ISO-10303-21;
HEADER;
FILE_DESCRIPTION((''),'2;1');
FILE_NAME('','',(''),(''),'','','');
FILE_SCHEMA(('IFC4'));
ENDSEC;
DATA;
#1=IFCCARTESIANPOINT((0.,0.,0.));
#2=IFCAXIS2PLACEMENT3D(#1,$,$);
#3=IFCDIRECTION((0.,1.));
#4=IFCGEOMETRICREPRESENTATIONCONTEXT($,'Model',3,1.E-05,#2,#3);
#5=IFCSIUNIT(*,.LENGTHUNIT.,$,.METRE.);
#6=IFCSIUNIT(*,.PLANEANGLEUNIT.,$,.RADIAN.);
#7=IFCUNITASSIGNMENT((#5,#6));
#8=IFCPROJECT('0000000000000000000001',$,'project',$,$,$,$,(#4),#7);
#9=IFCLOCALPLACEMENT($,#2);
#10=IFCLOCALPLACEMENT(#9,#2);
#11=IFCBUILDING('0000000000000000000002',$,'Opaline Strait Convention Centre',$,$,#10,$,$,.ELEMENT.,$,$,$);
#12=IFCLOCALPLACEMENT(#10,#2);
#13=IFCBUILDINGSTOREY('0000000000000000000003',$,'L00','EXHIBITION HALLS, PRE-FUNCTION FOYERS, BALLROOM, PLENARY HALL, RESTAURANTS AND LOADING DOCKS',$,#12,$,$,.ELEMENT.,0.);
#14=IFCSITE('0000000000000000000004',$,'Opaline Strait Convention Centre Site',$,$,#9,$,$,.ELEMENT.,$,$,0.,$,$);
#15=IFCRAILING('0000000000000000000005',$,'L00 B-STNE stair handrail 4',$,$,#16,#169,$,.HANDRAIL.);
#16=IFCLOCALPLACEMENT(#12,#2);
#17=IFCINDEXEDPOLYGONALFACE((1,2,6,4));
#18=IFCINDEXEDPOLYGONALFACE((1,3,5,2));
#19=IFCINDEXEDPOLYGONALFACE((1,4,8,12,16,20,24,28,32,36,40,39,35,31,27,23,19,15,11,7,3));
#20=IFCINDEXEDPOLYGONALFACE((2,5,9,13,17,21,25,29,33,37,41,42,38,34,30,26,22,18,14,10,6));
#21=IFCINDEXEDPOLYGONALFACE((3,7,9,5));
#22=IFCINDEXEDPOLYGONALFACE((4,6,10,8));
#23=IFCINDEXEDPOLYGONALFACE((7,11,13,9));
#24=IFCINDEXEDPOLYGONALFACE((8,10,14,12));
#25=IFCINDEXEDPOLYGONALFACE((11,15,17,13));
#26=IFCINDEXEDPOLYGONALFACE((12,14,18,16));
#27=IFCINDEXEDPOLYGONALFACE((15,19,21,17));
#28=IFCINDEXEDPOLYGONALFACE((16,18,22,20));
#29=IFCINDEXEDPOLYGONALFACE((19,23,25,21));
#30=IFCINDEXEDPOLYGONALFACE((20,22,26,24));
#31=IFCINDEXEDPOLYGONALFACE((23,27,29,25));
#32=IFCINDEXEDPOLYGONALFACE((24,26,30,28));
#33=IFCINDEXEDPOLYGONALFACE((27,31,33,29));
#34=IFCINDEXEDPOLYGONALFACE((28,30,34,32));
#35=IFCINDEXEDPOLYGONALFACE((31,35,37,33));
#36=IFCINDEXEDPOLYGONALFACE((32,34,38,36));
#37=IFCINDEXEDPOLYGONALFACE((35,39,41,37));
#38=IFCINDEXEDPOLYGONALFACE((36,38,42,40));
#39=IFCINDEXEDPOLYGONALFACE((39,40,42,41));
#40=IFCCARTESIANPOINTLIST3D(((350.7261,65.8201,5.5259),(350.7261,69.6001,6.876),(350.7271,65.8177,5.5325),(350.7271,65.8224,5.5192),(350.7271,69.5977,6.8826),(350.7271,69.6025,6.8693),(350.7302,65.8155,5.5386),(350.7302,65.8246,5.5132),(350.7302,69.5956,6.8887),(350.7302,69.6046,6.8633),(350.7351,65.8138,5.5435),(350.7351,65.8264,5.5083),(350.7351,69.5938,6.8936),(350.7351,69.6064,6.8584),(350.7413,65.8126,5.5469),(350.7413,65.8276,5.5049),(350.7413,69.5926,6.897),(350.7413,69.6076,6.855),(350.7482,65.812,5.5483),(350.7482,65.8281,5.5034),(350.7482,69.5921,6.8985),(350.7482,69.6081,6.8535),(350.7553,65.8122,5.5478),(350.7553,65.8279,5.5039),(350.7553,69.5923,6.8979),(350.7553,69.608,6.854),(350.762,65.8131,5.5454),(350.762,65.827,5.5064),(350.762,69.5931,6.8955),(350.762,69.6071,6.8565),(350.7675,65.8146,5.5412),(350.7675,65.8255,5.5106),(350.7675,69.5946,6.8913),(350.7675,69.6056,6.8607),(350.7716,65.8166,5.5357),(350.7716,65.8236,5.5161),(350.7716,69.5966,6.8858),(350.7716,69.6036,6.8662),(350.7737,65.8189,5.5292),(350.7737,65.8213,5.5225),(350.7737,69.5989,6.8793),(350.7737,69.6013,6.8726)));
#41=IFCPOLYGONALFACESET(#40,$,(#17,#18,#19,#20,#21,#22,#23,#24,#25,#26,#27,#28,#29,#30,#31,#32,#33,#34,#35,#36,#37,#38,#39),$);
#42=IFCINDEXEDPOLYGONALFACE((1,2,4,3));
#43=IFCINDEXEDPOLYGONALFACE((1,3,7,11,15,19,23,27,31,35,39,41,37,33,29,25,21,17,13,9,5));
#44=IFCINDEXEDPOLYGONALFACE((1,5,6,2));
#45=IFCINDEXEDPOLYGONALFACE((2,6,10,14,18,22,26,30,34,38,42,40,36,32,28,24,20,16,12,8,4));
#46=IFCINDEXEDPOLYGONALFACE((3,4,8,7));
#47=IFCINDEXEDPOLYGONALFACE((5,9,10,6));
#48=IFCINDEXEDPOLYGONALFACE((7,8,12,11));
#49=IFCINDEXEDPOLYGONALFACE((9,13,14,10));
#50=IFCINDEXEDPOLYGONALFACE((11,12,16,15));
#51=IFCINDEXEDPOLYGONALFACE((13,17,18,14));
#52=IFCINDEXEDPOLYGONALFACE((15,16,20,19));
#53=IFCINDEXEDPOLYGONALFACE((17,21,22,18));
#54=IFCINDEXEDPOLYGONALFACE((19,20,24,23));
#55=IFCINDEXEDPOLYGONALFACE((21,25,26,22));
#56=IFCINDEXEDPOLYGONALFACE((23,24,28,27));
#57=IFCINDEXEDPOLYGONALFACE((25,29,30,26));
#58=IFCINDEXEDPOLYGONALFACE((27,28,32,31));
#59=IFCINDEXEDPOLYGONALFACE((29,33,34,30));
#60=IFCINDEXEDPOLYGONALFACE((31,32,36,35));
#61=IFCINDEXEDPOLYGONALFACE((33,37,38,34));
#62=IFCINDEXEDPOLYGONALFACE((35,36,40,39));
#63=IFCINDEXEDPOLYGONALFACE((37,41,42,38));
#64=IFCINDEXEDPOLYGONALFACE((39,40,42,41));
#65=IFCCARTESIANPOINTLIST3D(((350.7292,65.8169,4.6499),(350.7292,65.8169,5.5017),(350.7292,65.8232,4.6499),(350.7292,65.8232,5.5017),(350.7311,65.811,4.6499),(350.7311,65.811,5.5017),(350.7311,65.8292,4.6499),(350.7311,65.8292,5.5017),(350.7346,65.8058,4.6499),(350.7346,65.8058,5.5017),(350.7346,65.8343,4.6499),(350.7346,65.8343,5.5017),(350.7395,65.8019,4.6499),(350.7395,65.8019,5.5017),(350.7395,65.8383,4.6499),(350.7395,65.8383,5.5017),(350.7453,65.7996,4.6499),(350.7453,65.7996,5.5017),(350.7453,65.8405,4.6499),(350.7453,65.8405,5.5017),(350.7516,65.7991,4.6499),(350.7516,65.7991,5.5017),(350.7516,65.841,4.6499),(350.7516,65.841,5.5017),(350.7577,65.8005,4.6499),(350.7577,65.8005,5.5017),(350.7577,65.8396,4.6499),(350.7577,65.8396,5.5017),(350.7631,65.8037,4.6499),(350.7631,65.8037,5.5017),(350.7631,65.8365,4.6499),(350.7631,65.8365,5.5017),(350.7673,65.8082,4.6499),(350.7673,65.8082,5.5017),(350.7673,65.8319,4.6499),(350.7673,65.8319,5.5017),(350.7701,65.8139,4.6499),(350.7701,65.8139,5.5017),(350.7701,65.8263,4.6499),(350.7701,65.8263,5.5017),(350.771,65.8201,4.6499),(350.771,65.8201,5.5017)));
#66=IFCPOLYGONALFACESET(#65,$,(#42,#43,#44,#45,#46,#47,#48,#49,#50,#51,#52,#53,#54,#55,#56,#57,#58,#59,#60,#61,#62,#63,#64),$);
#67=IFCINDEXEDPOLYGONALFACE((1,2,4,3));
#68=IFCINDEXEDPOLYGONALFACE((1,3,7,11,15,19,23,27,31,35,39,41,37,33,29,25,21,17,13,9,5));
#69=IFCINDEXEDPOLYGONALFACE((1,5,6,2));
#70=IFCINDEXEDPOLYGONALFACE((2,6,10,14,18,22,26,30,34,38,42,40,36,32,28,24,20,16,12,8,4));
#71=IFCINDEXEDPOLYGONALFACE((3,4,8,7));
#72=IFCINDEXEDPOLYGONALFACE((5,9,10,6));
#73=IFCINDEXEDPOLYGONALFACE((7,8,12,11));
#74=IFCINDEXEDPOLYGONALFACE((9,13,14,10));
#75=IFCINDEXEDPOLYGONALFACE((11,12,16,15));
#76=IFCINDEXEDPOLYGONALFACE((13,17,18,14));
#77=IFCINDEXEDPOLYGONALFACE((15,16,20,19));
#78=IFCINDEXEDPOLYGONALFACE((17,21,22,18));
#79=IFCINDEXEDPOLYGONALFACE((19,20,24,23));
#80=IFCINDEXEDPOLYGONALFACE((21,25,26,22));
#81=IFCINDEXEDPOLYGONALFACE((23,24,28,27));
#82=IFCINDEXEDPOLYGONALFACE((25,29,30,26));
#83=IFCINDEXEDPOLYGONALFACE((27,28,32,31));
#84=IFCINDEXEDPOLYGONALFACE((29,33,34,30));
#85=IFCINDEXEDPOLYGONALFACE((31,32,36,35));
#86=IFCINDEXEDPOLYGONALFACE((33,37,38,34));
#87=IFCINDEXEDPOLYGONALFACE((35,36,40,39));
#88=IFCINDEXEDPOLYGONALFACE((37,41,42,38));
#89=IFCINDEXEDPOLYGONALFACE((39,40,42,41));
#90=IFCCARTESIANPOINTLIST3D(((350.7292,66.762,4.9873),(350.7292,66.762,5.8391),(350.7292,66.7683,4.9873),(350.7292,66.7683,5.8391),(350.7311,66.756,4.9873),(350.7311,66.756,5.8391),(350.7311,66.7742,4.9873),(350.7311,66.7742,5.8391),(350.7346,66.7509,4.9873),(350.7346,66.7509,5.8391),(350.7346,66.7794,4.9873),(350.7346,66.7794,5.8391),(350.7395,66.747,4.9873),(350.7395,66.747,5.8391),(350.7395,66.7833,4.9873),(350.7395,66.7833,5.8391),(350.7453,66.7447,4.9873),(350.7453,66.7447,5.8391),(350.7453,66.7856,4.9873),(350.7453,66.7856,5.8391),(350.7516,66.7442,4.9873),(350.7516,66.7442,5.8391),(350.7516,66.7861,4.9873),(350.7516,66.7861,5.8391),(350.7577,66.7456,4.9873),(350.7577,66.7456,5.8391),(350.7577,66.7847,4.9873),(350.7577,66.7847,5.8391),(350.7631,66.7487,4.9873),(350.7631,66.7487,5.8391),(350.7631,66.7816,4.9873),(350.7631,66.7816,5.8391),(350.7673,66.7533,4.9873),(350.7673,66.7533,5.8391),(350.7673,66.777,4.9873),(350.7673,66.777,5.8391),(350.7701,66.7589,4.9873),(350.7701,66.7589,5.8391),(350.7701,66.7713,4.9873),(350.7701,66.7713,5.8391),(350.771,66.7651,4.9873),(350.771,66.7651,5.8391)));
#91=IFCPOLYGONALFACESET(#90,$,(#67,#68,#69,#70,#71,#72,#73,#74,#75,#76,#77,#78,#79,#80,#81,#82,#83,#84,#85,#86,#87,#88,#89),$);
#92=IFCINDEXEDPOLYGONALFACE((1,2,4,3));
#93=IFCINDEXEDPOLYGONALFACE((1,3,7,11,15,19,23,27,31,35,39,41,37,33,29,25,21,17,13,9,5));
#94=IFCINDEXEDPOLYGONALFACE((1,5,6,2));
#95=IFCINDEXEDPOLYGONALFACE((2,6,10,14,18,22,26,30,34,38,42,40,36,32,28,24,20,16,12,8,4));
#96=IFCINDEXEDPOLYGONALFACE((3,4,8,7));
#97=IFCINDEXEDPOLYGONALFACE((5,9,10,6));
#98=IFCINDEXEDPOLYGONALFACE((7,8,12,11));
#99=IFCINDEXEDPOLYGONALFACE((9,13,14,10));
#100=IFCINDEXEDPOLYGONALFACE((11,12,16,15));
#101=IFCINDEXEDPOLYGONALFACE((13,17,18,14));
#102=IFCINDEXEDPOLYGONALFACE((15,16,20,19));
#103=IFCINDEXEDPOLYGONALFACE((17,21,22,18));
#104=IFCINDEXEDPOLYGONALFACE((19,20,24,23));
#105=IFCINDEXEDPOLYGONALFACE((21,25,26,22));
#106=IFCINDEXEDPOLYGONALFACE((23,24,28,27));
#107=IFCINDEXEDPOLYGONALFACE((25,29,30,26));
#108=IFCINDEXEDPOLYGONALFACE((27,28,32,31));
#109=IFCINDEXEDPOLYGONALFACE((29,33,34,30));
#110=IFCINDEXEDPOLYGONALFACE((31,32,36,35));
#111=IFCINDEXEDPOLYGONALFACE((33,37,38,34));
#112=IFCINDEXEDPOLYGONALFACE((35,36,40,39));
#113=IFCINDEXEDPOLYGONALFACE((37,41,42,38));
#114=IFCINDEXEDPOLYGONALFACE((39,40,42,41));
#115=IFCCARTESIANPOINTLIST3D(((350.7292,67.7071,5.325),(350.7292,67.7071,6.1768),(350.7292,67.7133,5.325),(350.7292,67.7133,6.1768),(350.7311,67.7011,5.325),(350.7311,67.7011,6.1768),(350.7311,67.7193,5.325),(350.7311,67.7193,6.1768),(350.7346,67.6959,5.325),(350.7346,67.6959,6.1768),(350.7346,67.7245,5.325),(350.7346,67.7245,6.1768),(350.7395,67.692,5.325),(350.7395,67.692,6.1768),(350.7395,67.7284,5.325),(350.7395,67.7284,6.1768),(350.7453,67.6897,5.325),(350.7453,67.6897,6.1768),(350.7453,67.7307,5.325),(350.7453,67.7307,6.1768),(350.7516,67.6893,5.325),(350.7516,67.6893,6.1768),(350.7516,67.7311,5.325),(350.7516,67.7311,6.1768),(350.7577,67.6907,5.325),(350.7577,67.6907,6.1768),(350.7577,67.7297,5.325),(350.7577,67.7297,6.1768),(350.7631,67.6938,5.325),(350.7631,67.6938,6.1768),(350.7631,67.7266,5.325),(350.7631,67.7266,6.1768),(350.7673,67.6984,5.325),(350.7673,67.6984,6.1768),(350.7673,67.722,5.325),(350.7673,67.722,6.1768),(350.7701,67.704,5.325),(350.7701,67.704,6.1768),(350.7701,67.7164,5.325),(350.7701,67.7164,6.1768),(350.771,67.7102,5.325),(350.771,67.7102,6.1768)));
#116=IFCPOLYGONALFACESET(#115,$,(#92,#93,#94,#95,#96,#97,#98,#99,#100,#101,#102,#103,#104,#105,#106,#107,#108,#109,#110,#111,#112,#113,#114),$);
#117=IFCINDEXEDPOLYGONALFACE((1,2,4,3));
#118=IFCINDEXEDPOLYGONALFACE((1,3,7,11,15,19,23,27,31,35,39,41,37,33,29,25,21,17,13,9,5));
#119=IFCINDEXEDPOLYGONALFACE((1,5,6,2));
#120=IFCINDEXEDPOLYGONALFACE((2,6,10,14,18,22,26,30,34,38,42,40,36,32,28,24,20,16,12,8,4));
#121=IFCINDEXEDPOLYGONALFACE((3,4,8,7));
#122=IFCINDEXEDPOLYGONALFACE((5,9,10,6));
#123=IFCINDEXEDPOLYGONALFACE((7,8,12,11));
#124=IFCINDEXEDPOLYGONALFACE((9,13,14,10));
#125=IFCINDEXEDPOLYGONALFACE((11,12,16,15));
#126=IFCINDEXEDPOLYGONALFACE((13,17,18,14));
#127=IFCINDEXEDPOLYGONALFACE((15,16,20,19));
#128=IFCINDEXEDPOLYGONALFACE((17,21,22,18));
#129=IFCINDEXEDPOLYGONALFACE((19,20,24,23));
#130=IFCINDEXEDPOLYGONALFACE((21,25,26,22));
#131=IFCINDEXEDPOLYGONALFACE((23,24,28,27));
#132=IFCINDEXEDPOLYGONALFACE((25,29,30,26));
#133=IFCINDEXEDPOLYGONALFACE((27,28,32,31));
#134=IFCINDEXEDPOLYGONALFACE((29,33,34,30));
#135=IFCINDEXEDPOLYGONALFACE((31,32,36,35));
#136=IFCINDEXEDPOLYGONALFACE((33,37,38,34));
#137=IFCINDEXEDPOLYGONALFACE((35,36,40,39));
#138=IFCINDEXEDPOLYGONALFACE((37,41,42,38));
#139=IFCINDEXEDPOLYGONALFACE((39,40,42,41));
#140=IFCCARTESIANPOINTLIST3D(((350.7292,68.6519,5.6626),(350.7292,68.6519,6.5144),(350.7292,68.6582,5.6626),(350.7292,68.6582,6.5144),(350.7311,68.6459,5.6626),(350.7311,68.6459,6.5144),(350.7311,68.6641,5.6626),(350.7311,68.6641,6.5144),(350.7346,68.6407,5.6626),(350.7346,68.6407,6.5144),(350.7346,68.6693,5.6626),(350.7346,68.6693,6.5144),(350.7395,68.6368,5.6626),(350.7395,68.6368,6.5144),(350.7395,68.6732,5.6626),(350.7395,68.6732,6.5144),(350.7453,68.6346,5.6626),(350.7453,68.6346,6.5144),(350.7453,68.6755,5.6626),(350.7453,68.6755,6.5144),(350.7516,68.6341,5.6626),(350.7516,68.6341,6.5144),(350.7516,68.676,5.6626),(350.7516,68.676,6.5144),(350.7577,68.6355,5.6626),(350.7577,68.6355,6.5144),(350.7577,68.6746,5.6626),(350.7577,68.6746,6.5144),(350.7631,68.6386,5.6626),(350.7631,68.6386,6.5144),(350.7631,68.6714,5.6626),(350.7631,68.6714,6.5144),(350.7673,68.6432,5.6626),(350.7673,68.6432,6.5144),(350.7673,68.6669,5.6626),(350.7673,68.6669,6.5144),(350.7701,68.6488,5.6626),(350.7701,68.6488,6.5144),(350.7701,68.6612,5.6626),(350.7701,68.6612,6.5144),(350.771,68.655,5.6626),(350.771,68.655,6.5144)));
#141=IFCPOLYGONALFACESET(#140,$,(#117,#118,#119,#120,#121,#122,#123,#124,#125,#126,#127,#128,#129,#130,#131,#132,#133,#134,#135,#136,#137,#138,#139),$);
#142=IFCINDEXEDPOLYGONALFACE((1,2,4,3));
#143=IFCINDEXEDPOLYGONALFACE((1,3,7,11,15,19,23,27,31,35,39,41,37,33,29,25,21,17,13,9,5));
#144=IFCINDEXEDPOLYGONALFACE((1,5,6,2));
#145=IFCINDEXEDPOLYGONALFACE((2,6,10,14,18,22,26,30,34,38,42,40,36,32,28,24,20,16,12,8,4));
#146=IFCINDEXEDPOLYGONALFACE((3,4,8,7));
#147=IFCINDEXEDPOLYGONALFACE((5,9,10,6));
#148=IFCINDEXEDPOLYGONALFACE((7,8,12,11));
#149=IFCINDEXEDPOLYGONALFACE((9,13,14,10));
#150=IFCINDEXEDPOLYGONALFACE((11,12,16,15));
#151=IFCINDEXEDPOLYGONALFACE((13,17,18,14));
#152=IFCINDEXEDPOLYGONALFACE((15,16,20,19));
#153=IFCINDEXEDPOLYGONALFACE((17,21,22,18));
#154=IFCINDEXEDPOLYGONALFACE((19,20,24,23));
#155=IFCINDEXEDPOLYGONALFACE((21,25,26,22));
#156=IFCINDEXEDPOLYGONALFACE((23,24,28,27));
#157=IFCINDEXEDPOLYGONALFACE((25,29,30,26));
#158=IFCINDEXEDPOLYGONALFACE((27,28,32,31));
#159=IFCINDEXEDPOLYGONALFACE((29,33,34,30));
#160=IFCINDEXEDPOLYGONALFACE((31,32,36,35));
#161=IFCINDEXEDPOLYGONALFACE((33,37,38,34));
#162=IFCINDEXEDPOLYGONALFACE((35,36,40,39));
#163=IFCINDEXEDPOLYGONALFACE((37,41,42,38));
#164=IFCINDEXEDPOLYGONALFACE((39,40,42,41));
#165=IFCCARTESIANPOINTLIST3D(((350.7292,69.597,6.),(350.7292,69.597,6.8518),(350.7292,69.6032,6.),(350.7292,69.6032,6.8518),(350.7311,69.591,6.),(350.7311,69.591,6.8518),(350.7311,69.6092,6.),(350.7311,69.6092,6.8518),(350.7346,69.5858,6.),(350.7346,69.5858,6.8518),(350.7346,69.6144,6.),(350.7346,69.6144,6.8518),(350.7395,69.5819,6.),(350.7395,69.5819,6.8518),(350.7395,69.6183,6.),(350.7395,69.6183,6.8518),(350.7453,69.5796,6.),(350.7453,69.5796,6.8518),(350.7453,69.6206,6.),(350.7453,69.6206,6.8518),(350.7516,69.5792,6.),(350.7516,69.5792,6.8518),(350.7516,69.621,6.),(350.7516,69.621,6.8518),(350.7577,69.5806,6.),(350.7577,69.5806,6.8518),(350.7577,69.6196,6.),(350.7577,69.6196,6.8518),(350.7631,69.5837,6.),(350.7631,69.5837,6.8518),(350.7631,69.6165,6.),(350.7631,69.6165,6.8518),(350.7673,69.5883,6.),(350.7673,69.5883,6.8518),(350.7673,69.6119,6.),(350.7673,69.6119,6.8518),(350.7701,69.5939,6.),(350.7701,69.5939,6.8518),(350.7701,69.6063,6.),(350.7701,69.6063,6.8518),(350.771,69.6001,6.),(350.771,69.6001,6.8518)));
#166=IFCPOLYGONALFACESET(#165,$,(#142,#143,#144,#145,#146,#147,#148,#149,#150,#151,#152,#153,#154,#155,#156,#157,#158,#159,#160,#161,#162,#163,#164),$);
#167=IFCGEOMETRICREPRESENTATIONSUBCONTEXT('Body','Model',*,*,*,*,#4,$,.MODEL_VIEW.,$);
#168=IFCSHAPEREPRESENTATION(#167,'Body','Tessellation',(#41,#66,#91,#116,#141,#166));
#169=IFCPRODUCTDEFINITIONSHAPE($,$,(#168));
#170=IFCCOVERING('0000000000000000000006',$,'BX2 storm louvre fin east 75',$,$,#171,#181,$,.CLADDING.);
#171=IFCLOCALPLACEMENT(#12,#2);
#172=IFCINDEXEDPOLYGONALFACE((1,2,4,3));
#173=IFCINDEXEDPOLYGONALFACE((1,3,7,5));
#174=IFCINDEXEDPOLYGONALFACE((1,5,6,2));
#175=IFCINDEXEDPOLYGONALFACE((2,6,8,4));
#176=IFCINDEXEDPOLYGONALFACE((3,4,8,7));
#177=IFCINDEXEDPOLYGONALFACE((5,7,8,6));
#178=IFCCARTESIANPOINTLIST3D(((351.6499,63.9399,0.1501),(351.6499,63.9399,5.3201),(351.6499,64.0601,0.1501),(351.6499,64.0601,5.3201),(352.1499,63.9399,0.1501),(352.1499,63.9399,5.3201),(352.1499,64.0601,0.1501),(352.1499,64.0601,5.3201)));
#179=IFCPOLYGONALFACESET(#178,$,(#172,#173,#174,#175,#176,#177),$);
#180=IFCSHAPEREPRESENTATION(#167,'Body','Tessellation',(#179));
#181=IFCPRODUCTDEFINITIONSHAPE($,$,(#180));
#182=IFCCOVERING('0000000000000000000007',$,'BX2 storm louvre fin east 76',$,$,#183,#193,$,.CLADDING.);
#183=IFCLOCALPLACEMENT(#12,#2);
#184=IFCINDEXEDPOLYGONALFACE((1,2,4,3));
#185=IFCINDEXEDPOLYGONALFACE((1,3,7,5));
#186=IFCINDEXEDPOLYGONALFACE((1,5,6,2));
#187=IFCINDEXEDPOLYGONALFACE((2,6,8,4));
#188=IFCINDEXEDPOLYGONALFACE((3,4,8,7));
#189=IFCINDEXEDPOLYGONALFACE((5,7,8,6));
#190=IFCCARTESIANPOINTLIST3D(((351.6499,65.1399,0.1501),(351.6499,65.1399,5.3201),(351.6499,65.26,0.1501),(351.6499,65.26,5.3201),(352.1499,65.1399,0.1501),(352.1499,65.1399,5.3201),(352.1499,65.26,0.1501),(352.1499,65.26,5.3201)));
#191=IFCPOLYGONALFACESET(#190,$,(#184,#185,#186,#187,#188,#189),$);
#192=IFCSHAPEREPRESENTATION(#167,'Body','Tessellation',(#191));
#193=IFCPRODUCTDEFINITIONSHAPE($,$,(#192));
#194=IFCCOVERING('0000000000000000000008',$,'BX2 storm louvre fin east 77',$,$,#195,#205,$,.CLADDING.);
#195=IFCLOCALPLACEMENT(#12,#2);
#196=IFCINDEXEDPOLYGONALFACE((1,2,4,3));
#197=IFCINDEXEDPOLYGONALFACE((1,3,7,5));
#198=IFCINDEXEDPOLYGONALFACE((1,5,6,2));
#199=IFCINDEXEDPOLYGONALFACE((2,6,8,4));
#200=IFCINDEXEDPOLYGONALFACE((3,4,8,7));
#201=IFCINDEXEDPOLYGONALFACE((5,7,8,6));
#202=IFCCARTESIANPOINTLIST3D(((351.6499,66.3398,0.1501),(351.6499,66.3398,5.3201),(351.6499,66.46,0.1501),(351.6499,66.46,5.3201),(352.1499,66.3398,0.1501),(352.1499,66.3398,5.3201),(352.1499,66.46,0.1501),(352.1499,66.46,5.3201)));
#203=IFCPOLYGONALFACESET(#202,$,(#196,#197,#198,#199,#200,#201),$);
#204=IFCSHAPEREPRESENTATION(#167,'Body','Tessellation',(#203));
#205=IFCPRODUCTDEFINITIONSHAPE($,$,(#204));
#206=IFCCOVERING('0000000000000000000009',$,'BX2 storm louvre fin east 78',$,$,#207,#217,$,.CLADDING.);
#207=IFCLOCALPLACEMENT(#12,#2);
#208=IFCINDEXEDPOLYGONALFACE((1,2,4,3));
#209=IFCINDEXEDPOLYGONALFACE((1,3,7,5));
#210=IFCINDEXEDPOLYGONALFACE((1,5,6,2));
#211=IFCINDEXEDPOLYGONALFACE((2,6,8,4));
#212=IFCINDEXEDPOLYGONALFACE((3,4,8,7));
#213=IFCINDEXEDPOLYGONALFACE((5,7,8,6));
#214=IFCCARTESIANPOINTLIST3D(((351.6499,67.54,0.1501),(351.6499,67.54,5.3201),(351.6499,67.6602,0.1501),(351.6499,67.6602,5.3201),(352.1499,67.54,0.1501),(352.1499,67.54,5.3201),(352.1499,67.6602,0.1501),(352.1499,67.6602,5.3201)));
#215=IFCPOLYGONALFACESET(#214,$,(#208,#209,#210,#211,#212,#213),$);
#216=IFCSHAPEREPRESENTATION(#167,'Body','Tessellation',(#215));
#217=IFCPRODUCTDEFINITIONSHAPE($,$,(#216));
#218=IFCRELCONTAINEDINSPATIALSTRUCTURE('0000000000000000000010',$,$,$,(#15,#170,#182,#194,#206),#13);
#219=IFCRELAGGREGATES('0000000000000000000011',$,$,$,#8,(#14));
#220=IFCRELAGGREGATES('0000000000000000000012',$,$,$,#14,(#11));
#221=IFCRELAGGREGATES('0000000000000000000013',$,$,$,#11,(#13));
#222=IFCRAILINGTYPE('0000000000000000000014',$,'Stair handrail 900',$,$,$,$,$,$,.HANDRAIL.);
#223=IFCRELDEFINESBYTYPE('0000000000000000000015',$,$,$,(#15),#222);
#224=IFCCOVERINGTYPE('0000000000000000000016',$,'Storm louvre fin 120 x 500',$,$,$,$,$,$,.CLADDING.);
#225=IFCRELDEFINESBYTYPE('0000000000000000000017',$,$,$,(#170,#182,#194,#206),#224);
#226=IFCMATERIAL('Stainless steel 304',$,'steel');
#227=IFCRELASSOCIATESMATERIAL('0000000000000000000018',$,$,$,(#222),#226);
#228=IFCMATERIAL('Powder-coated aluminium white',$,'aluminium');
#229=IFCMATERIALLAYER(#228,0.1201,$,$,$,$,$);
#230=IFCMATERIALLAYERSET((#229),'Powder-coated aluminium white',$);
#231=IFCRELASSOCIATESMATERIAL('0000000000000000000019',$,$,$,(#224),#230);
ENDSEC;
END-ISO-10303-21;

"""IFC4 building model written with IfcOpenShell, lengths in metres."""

from ifc_helpers import new_model, si_unit, direction, frame, origin, origin_2d, place, context, subcontext, project, spatial, rectangle, circle, extrude, material, layer, layer_set, type_object, element, save


model = new_model("IFC4")

# Units and contexts
model_context = context("Model", 3, precision=1e-05, world=origin(), true_north=direction((0.0, 1.0)))
body_context = subcontext(model_context, "Body", "Model", "MODEL_VIEW")
ifc_project = project(units=[si_unit("LENGTHUNIT", "METRE"), si_unit("PLANEANGLEUNIT", "RADIAN")], contexts=[model_context])

# Site, building, storey
site_placement = place(None, origin())
site = spatial("IfcSite", under=ifc_project, at=site_placement, Name="Opaline Strait Convention Centre Site", CompositionType="ELEMENT", RefElevation=0.0)
building_placement = place(site_placement, origin())
building = spatial("IfcBuilding", under=site, at=building_placement, Name="Opaline Strait Convention Centre", CompositionType="ELEMENT")
storey_placement = place(building_placement, origin())
storey = spatial("IfcBuildingStorey", under=building, at=storey_placement, Name="L00", Description="EXHIBITION HALLS, PRE-FUNCTION FOYERS, BALLROOM, PLENARY HALL, RESTAURANTS AND LOADING DOCKS", CompositionType="ELEMENT", Elevation=0.0)

# Railing
ifc_material_1 = material(Name="Stainless steel 304", Category="steel")
railing_type = type_object("IfcRailingType", Name="Stair handrail 900", PredefinedType="HANDRAIL", material=ifc_material_1)
for number, where, name in (
    (1, (350.75, 65.8201, 4.6499), "L00 B-STNE stair handrail 4"),
):
    element("IfcRailing", number, at=place(storey_placement, frame(where)), inside=storey, type_object=railing_type, Name=name, PredefinedType="HANDRAIL", context=body_context, shape_type="SweptSolid", body=[
        extrude(circle(Radius=0.0239, at=origin_2d()), frame((0.0, 0.0, 0.876), z_axis=(0.0, 0.941735, 0.336356), x_axis=(-1.0, 0.0, 0.0)), (0.0, 0.0, 1.0), 4.0139),
        extrude(circle(Radius=0.021, at=origin_2d()), origin(), (0.0, 0.0, 1.0), 0.8518),
        extrude(circle(Radius=0.021, at=origin_2d()), frame((0.0, 0.9451, 0.3374)), (0.0, 0.0, 1.0), 0.8518),
        extrude(circle(Radius=0.021, at=origin_2d()), frame((0.0, 1.8901, 0.675)), (0.0, 0.0, 1.0), 0.8518),
        extrude(circle(Radius=0.021, at=origin_2d()), frame((0.0, 2.835, 1.0127)), (0.0, 0.0, 1.0), 0.8518),
        extrude(circle(Radius=0.021, at=origin_2d()), frame((0.0, 3.78, 1.3501)), (0.0, 0.0, 1.0), 0.8518),
    ])

# Coverings
ifc_material_2 = material(Name="Powder-coated aluminium white", Category="aluminium")
ifc_layer_1 = layer(ifc_material_2, 0.1201)
ifc_layer_set_1 = layer_set([ifc_layer_1], Name="Powder-coated aluminium white")
covering_type = type_object("IfcCoveringType", Name="Storm louvre fin 120 x 500", PredefinedType="CLADDING", material=ifc_layer_set_1)
for number, where, z_axis, x_axis, name in (
    (2, (351.8999, 64.0, 0.1501), (0.0, 0.0, 1.0), (1.0, 0.0, 0.0), "BX2 storm louvre fin east 75"),
    (3, (351.8999, 65.2, 0.1501), (0.0, 0.0, 1.0), (1.0, 0.0, 0.0), "BX2 storm louvre fin east 76"),
    (4, (351.8999, 66.3999, 0.1501), (0.0, 0.0, 1.0), (1.0, 0.0, 0.0), "BX2 storm louvre fin east 77"),
    (5, (351.8999, 67.6001, 0.1501), (0.0, 0.0, 1.0), (1.0, 0.0, 0.0), "BX2 storm louvre fin east 78"),
):
    element("IfcCovering", number, at=place(storey_placement, frame(where, z_axis=z_axis, x_axis=x_axis)), inside=storey, type_object=covering_type, Name=name, PredefinedType="CLADDING", context=body_context, shape_type="SweptSolid", body=[
        extrude(rectangle(XDim=0.5, YDim=0.1201, at=origin_2d()), origin(), (0.0, 0.0, 1.0), 5.1699),
    ])

save(model, "model.ifc")
